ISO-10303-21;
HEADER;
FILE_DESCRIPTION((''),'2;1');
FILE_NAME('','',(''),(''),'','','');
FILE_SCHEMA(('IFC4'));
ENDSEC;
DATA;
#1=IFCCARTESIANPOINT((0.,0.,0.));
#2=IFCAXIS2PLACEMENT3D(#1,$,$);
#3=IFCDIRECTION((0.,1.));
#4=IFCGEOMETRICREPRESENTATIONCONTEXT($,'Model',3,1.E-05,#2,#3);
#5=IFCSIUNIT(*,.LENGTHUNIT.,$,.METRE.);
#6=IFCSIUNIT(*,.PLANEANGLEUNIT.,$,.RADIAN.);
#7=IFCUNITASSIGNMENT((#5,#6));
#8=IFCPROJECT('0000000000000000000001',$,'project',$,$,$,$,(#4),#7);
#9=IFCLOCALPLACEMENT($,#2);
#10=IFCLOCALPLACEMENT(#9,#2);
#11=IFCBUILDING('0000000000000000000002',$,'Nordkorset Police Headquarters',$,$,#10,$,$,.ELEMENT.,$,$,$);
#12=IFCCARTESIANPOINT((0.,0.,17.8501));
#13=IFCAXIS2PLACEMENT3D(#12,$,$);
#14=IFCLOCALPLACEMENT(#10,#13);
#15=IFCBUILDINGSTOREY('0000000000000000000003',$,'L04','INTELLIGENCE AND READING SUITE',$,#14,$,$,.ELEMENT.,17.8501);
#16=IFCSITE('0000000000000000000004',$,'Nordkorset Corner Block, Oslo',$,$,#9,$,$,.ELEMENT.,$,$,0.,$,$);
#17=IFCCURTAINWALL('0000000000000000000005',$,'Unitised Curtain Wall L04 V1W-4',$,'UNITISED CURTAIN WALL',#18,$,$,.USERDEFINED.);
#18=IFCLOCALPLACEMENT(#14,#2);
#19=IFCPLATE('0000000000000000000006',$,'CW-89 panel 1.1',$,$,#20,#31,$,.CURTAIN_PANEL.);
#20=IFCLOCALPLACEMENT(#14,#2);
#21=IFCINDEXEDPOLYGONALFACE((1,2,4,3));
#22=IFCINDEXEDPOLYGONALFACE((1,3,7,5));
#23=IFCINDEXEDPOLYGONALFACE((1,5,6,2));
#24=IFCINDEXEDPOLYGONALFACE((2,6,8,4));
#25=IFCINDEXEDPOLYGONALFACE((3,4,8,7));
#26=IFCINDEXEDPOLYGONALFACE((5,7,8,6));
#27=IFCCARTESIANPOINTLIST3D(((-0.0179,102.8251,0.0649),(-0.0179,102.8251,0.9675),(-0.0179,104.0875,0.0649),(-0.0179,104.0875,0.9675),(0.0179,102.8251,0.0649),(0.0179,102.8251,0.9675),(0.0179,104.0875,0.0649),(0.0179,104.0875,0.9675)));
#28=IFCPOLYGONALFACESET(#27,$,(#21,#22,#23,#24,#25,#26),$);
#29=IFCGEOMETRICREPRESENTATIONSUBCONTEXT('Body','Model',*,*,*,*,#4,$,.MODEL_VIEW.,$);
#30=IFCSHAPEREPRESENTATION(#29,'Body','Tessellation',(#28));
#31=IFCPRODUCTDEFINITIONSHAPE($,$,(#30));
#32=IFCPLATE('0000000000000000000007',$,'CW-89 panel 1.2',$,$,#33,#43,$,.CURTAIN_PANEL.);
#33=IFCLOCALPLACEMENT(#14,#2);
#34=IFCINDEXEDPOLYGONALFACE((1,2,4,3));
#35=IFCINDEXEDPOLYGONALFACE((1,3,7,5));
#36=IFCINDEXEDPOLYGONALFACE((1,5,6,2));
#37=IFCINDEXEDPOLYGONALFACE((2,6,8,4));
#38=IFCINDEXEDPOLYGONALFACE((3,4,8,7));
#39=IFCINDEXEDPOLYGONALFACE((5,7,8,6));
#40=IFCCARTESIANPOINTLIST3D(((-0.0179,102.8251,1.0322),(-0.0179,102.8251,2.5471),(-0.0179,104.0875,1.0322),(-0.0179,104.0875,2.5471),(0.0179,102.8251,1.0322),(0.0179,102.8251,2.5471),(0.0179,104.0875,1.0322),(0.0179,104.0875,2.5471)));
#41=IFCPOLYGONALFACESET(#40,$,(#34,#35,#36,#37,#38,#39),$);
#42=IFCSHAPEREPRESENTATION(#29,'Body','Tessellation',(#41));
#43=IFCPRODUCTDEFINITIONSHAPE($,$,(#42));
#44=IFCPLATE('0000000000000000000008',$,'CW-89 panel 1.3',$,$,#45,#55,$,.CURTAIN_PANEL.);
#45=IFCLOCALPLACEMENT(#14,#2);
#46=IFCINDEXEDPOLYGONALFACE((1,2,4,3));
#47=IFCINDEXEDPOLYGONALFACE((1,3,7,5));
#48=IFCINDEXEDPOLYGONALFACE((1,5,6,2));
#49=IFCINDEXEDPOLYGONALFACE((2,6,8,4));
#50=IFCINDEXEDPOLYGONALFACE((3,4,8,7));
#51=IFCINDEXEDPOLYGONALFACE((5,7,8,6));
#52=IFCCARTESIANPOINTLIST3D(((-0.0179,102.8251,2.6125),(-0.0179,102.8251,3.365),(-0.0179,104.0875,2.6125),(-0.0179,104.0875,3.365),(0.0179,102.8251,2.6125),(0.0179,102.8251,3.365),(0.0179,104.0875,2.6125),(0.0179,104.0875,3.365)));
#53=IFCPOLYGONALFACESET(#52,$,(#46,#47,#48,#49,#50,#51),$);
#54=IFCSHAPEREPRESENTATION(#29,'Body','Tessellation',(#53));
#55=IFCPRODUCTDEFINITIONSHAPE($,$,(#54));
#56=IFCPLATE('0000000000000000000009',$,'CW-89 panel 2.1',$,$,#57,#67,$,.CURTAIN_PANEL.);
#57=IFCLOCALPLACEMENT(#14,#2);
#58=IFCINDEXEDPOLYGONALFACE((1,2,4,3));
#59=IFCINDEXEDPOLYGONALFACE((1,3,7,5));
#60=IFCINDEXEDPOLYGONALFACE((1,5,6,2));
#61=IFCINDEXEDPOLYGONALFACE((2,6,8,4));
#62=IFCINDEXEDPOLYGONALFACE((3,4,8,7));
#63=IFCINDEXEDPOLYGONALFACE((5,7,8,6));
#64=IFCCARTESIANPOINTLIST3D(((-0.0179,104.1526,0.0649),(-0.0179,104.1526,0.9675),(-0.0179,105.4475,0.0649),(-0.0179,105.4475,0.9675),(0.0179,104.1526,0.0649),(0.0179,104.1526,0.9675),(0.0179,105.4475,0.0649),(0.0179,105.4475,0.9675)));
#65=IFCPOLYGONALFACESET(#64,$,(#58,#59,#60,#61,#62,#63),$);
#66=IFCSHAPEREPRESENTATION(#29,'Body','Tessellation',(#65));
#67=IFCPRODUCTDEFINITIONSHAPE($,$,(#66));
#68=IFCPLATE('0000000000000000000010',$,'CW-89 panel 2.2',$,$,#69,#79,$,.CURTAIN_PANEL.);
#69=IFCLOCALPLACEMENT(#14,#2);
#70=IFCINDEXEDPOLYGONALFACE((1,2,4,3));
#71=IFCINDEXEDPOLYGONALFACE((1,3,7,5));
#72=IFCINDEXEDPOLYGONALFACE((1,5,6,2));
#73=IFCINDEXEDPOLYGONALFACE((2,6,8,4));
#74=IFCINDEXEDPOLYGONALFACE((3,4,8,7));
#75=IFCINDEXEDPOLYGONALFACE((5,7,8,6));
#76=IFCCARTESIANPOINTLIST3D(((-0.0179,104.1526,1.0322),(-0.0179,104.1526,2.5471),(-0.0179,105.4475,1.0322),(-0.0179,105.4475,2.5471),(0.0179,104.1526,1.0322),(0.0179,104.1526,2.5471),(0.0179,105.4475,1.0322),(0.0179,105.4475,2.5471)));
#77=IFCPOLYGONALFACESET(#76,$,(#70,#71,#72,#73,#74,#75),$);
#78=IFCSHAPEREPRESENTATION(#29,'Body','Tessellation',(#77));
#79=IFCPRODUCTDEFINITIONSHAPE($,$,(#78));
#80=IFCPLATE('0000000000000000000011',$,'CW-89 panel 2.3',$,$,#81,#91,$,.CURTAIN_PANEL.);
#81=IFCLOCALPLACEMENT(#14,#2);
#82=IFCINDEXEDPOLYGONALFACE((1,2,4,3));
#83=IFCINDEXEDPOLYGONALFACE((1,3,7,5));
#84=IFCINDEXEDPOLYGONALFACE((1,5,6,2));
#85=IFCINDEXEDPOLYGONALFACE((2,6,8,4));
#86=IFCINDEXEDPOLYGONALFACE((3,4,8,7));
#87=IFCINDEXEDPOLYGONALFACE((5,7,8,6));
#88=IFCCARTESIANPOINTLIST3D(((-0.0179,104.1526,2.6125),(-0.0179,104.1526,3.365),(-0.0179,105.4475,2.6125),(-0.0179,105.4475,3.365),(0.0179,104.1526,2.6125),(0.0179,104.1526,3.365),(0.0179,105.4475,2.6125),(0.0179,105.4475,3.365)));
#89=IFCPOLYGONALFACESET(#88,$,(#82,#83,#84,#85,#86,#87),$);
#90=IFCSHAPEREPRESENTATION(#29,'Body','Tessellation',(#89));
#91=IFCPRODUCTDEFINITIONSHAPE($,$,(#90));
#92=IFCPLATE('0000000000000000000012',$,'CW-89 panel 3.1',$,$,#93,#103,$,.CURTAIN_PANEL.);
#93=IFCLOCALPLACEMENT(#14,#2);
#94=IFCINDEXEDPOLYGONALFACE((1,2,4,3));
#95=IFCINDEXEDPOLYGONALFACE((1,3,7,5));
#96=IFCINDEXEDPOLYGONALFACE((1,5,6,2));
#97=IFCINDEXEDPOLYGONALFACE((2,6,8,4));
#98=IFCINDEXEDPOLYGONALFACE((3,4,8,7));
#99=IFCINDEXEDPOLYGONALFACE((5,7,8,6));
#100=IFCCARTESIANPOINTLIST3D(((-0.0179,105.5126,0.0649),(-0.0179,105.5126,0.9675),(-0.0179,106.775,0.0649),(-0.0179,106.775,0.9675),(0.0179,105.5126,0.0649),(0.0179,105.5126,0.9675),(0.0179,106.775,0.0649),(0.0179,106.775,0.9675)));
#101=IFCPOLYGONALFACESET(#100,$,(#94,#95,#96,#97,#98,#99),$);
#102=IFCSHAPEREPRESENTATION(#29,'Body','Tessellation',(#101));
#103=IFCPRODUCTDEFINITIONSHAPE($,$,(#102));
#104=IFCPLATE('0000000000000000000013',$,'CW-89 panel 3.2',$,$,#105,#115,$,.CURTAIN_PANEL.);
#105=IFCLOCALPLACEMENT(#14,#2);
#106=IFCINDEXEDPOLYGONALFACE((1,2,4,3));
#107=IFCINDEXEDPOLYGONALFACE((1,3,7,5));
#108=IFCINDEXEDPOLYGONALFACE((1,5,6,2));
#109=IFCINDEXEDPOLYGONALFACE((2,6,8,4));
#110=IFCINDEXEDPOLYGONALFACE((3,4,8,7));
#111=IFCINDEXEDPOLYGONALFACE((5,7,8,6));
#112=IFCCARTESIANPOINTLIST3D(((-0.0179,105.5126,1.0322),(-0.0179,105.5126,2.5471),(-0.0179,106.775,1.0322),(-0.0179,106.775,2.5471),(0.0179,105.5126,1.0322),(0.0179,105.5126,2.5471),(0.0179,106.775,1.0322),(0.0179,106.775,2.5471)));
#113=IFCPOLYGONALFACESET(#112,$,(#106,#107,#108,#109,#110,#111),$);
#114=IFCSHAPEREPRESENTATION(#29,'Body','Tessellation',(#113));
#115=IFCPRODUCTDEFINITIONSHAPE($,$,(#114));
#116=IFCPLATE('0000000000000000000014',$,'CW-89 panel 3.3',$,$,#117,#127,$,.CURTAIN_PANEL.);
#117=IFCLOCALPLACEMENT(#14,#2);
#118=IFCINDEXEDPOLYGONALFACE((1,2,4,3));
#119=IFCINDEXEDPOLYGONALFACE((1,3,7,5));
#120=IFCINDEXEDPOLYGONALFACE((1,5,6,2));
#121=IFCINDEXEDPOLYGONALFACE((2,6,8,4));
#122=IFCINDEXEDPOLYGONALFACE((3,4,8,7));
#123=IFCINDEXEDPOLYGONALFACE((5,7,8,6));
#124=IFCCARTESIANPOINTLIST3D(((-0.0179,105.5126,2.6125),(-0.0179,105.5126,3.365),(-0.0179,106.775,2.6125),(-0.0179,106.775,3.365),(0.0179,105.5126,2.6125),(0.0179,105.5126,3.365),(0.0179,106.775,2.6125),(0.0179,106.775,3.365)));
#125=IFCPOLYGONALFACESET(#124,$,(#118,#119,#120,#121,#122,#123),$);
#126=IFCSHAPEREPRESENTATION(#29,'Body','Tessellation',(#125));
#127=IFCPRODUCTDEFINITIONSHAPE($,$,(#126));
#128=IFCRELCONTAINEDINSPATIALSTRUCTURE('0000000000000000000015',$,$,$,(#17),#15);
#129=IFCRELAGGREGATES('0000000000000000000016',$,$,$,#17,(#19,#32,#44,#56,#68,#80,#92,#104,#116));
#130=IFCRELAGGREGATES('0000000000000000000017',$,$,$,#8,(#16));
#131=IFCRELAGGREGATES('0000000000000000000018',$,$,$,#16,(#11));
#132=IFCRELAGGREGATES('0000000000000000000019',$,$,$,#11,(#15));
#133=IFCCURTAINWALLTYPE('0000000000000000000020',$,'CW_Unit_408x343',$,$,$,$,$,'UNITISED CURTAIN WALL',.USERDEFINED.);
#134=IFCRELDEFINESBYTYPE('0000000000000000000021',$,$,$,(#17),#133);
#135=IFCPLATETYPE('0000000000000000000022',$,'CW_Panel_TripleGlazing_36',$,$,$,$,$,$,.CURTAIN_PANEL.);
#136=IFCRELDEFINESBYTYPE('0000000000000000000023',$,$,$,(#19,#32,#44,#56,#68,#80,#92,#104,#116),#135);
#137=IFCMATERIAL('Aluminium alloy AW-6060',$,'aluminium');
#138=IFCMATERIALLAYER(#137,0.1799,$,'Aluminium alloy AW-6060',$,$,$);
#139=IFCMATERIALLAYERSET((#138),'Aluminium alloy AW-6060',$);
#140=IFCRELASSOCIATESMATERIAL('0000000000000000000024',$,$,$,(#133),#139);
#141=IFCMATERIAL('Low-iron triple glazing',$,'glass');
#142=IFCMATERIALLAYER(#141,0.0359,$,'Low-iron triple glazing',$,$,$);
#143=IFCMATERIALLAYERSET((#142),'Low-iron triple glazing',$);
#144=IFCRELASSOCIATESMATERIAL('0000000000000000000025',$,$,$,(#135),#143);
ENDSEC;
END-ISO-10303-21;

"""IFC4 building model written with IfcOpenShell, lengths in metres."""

from ifc_helpers import new_model, si_unit, direction, frame, origin, origin_2d, place, context, subcontext, project, spatial, rectangle, extrude, material, layer, layer_set, type_object, element, aggregate, save


model = new_model("IFC4")

# Units and contexts
model_context = context("Model", 3, precision=1e-05, world=origin(), true_north=direction((0.0, 1.0)))
body_context = subcontext(model_context, "Body", "Model", "MODEL_VIEW")
ifc_project = project(units=[si_unit("LENGTHUNIT", "METRE"), si_unit("PLANEANGLEUNIT", "RADIAN")], contexts=[model_context])

# Site, building, storey
site_placement = place(None, origin())
site = spatial("IfcSite", under=ifc_project, at=site_placement, Name="Nordkorset Corner Block, Oslo", CompositionType="ELEMENT", RefElevation=0.0)
building_placement = place(site_placement, origin())
building = spatial("IfcBuilding", under=site, at=building_placement, Name="Nordkorset Police Headquarters", CompositionType="ELEMENT")
storey_placement = place(building_placement, frame((0.0, 0.0, 17.8501)))
storey = spatial("IfcBuildingStorey", under=building, at=storey_placement, Name="L04", Description="INTELLIGENCE AND READING SUITE", CompositionType="ELEMENT", Elevation=17.8501)

# Curtain wall
ifc_material_1 = material(Name="Aluminium alloy AW-6060", Category="aluminium")
ifc_layer_1 = layer(ifc_material_1, 0.1799, Name="Aluminium alloy AW-6060")
ifc_layer_set_1 = layer_set([ifc_layer_1], Name="Aluminium alloy AW-6060")
curtain_wall_type = type_object("IfcCurtainWallType", Name="CW_Unit_408x343", ElementType="UNITISED CURTAIN WALL", PredefinedType="USERDEFINED", material=ifc_layer_set_1)
curtain_wall_1_placement = place(storey_placement, origin())
curtain_wall_1 = element("IfcCurtainWall", 1, at=curtain_wall_1_placement, inside=storey, type_object=curtain_wall_type, Name="Unitised Curtain Wall L04 V1W-4", ObjectType="UNITISED CURTAIN WALL", PredefinedType="USERDEFINED")

# Plates
ifc_material_2 = material(Name="Low-iron triple glazing", Category="glass")
ifc_layer_2 = layer(ifc_material_2, 0.0359, Name="Low-iron triple glazing")
ifc_layer_set_2 = layer_set([ifc_layer_2], Name="Low-iron triple glazing")
plate_type = type_object("IfcPlateType", Name="CW_Panel_TripleGlazing_36", PredefinedType="CURTAIN_PANEL", material=ifc_layer_set_2)
plate_1_placement = place(storey_placement, frame((0.0, 103.4563, 0.0649), z_axis=(0.0, 0.0, 1.0), x_axis=(0.0, 1.0, 0.0)))
plate_1 = element("IfcPlate", 2, at=plate_1_placement, type_object=plate_type, Name="CW-89 panel 1.1", PredefinedType="CURTAIN_PANEL", context=body_context, shape_type="SweptSolid", body=[
    extrude(rectangle(XDim=1.2625, YDim=0.0359, at=origin_2d()), origin(), (0.0, 0.0, 1.0), 0.9026),
])
plate_2_placement = place(storey_placement, frame((0.0, 103.4563, 1.0322), z_axis=(0.0, 0.0, 1.0), x_axis=(0.0, 1.0, 0.0)))
plate_2 = element("IfcPlate", 3, at=plate_2_placement, type_object=plate_type, Name="CW-89 panel 1.2", PredefinedType="CURTAIN_PANEL", context=body_context, shape_type="SweptSolid", body=[
    extrude(rectangle(XDim=1.2625, YDim=0.0359, at=origin_2d()), origin(), (0.0, 0.0, 1.0), 1.5149),
])
plate_3_placement = place(storey_placement, frame((0.0, 103.4563, 2.6125), z_axis=(0.0, 0.0, 1.0), x_axis=(0.0, 1.0, 0.0)))
plate_3 = element("IfcPlate", 4, at=plate_3_placement, type_object=plate_type, Name="CW-89 panel 1.3", PredefinedType="CURTAIN_PANEL", context=body_context, shape_type="SweptSolid", body=[
    extrude(rectangle(XDim=1.2625, YDim=0.0359, at=origin_2d()), origin(), (0.0, 0.0, 1.0), 0.7524),
])
plate_4_placement = place(storey_placement, frame((0.0, 104.8, 0.0649), z_axis=(0.0, 0.0, 1.0), x_axis=(0.0, 1.0, 0.0)))
plate_4 = element("IfcPlate", 5, at=plate_4_placement, type_object=plate_type, Name="CW-89 panel 2.1", PredefinedType="CURTAIN_PANEL", context=body_context, shape_type="SweptSolid", body=[
    extrude(rectangle(XDim=1.2949, YDim=0.0359, at=origin_2d()), origin(), (0.0, 0.0, 1.0), 0.9026),
])
plate_5_placement = place(storey_placement, frame((0.0, 104.8, 1.0322), z_axis=(0.0, 0.0, 1.0), x_axis=(0.0, 1.0, 0.0)))
plate_5 = element("IfcPlate", 6, at=plate_5_placement, type_object=plate_type, Name="CW-89 panel 2.2", PredefinedType="CURTAIN_PANEL", context=body_context, shape_type="SweptSolid", body=[
    extrude(rectangle(XDim=1.2949, YDim=0.0359, at=origin_2d()), origin(), (0.0, 0.0, 1.0), 1.5149),
])
plate_6_placement = place(storey_placement, frame((0.0, 104.8, 2.6125), z_axis=(0.0, 0.0, 1.0), x_axis=(0.0, 1.0, 0.0)))
plate_6 = element("IfcPlate", 7, at=plate_6_placement, type_object=plate_type, Name="CW-89 panel 2.3", PredefinedType="CURTAIN_PANEL", context=body_context, shape_type="SweptSolid", body=[
    extrude(rectangle(XDim=1.2949, YDim=0.0359, at=origin_2d()), origin(), (0.0, 0.0, 1.0), 0.7524),
])
plate_7_placement = place(storey_placement, frame((0.0, 106.1438, 0.0649), z_axis=(0.0, 0.0, 1.0), x_axis=(0.0, 1.0, 0.0)))
plate_7 = element("IfcPlate", 8, at=plate_7_placement, type_object=plate_type, Name="CW-89 panel 3.1", PredefinedType="CURTAIN_PANEL", context=body_context, shape_type="SweptSolid", body=[
    extrude(rectangle(XDim=1.2625, YDim=0.0359, at=origin_2d()), origin(), (0.0, 0.0, 1.0), 0.9026),
])
plate_8_placement = place(storey_placement, frame((0.0, 106.1438, 1.0322), z_axis=(0.0, 0.0, 1.0), x_axis=(0.0, 1.0, 0.0)))
plate_8 = element("IfcPlate", 9, at=plate_8_placement, type_object=plate_type, Name="CW-89 panel 3.2", PredefinedType="CURTAIN_PANEL", context=body_context, shape_type="SweptSolid", body=[
    extrude(rectangle(XDim=1.2625, YDim=0.0359, at=origin_2d()), origin(), (0.0, 0.0, 1.0), 1.5149),
])
plate_9_placement = place(storey_placement, frame((0.0, 106.1438, 2.6125), z_axis=(0.0, 0.0, 1.0), x_axis=(0.0, 1.0, 0.0)))
plate_9 = element("IfcPlate", 10, at=plate_9_placement, type_object=plate_type, Name="CW-89 panel 3.3", PredefinedType="CURTAIN_PANEL", context=body_context, shape_type="SweptSolid", body=[
    extrude(rectangle(XDim=1.2625, YDim=0.0359, at=origin_2d()), origin(), (0.0, 0.0, 1.0), 0.7524),
])
aggregate(curtain_wall_1, [plate_1, plate_2, plate_3, plate_4, plate_5, plate_6, plate_7, plate_8, plate_9])

save(model, "model.ifc")
